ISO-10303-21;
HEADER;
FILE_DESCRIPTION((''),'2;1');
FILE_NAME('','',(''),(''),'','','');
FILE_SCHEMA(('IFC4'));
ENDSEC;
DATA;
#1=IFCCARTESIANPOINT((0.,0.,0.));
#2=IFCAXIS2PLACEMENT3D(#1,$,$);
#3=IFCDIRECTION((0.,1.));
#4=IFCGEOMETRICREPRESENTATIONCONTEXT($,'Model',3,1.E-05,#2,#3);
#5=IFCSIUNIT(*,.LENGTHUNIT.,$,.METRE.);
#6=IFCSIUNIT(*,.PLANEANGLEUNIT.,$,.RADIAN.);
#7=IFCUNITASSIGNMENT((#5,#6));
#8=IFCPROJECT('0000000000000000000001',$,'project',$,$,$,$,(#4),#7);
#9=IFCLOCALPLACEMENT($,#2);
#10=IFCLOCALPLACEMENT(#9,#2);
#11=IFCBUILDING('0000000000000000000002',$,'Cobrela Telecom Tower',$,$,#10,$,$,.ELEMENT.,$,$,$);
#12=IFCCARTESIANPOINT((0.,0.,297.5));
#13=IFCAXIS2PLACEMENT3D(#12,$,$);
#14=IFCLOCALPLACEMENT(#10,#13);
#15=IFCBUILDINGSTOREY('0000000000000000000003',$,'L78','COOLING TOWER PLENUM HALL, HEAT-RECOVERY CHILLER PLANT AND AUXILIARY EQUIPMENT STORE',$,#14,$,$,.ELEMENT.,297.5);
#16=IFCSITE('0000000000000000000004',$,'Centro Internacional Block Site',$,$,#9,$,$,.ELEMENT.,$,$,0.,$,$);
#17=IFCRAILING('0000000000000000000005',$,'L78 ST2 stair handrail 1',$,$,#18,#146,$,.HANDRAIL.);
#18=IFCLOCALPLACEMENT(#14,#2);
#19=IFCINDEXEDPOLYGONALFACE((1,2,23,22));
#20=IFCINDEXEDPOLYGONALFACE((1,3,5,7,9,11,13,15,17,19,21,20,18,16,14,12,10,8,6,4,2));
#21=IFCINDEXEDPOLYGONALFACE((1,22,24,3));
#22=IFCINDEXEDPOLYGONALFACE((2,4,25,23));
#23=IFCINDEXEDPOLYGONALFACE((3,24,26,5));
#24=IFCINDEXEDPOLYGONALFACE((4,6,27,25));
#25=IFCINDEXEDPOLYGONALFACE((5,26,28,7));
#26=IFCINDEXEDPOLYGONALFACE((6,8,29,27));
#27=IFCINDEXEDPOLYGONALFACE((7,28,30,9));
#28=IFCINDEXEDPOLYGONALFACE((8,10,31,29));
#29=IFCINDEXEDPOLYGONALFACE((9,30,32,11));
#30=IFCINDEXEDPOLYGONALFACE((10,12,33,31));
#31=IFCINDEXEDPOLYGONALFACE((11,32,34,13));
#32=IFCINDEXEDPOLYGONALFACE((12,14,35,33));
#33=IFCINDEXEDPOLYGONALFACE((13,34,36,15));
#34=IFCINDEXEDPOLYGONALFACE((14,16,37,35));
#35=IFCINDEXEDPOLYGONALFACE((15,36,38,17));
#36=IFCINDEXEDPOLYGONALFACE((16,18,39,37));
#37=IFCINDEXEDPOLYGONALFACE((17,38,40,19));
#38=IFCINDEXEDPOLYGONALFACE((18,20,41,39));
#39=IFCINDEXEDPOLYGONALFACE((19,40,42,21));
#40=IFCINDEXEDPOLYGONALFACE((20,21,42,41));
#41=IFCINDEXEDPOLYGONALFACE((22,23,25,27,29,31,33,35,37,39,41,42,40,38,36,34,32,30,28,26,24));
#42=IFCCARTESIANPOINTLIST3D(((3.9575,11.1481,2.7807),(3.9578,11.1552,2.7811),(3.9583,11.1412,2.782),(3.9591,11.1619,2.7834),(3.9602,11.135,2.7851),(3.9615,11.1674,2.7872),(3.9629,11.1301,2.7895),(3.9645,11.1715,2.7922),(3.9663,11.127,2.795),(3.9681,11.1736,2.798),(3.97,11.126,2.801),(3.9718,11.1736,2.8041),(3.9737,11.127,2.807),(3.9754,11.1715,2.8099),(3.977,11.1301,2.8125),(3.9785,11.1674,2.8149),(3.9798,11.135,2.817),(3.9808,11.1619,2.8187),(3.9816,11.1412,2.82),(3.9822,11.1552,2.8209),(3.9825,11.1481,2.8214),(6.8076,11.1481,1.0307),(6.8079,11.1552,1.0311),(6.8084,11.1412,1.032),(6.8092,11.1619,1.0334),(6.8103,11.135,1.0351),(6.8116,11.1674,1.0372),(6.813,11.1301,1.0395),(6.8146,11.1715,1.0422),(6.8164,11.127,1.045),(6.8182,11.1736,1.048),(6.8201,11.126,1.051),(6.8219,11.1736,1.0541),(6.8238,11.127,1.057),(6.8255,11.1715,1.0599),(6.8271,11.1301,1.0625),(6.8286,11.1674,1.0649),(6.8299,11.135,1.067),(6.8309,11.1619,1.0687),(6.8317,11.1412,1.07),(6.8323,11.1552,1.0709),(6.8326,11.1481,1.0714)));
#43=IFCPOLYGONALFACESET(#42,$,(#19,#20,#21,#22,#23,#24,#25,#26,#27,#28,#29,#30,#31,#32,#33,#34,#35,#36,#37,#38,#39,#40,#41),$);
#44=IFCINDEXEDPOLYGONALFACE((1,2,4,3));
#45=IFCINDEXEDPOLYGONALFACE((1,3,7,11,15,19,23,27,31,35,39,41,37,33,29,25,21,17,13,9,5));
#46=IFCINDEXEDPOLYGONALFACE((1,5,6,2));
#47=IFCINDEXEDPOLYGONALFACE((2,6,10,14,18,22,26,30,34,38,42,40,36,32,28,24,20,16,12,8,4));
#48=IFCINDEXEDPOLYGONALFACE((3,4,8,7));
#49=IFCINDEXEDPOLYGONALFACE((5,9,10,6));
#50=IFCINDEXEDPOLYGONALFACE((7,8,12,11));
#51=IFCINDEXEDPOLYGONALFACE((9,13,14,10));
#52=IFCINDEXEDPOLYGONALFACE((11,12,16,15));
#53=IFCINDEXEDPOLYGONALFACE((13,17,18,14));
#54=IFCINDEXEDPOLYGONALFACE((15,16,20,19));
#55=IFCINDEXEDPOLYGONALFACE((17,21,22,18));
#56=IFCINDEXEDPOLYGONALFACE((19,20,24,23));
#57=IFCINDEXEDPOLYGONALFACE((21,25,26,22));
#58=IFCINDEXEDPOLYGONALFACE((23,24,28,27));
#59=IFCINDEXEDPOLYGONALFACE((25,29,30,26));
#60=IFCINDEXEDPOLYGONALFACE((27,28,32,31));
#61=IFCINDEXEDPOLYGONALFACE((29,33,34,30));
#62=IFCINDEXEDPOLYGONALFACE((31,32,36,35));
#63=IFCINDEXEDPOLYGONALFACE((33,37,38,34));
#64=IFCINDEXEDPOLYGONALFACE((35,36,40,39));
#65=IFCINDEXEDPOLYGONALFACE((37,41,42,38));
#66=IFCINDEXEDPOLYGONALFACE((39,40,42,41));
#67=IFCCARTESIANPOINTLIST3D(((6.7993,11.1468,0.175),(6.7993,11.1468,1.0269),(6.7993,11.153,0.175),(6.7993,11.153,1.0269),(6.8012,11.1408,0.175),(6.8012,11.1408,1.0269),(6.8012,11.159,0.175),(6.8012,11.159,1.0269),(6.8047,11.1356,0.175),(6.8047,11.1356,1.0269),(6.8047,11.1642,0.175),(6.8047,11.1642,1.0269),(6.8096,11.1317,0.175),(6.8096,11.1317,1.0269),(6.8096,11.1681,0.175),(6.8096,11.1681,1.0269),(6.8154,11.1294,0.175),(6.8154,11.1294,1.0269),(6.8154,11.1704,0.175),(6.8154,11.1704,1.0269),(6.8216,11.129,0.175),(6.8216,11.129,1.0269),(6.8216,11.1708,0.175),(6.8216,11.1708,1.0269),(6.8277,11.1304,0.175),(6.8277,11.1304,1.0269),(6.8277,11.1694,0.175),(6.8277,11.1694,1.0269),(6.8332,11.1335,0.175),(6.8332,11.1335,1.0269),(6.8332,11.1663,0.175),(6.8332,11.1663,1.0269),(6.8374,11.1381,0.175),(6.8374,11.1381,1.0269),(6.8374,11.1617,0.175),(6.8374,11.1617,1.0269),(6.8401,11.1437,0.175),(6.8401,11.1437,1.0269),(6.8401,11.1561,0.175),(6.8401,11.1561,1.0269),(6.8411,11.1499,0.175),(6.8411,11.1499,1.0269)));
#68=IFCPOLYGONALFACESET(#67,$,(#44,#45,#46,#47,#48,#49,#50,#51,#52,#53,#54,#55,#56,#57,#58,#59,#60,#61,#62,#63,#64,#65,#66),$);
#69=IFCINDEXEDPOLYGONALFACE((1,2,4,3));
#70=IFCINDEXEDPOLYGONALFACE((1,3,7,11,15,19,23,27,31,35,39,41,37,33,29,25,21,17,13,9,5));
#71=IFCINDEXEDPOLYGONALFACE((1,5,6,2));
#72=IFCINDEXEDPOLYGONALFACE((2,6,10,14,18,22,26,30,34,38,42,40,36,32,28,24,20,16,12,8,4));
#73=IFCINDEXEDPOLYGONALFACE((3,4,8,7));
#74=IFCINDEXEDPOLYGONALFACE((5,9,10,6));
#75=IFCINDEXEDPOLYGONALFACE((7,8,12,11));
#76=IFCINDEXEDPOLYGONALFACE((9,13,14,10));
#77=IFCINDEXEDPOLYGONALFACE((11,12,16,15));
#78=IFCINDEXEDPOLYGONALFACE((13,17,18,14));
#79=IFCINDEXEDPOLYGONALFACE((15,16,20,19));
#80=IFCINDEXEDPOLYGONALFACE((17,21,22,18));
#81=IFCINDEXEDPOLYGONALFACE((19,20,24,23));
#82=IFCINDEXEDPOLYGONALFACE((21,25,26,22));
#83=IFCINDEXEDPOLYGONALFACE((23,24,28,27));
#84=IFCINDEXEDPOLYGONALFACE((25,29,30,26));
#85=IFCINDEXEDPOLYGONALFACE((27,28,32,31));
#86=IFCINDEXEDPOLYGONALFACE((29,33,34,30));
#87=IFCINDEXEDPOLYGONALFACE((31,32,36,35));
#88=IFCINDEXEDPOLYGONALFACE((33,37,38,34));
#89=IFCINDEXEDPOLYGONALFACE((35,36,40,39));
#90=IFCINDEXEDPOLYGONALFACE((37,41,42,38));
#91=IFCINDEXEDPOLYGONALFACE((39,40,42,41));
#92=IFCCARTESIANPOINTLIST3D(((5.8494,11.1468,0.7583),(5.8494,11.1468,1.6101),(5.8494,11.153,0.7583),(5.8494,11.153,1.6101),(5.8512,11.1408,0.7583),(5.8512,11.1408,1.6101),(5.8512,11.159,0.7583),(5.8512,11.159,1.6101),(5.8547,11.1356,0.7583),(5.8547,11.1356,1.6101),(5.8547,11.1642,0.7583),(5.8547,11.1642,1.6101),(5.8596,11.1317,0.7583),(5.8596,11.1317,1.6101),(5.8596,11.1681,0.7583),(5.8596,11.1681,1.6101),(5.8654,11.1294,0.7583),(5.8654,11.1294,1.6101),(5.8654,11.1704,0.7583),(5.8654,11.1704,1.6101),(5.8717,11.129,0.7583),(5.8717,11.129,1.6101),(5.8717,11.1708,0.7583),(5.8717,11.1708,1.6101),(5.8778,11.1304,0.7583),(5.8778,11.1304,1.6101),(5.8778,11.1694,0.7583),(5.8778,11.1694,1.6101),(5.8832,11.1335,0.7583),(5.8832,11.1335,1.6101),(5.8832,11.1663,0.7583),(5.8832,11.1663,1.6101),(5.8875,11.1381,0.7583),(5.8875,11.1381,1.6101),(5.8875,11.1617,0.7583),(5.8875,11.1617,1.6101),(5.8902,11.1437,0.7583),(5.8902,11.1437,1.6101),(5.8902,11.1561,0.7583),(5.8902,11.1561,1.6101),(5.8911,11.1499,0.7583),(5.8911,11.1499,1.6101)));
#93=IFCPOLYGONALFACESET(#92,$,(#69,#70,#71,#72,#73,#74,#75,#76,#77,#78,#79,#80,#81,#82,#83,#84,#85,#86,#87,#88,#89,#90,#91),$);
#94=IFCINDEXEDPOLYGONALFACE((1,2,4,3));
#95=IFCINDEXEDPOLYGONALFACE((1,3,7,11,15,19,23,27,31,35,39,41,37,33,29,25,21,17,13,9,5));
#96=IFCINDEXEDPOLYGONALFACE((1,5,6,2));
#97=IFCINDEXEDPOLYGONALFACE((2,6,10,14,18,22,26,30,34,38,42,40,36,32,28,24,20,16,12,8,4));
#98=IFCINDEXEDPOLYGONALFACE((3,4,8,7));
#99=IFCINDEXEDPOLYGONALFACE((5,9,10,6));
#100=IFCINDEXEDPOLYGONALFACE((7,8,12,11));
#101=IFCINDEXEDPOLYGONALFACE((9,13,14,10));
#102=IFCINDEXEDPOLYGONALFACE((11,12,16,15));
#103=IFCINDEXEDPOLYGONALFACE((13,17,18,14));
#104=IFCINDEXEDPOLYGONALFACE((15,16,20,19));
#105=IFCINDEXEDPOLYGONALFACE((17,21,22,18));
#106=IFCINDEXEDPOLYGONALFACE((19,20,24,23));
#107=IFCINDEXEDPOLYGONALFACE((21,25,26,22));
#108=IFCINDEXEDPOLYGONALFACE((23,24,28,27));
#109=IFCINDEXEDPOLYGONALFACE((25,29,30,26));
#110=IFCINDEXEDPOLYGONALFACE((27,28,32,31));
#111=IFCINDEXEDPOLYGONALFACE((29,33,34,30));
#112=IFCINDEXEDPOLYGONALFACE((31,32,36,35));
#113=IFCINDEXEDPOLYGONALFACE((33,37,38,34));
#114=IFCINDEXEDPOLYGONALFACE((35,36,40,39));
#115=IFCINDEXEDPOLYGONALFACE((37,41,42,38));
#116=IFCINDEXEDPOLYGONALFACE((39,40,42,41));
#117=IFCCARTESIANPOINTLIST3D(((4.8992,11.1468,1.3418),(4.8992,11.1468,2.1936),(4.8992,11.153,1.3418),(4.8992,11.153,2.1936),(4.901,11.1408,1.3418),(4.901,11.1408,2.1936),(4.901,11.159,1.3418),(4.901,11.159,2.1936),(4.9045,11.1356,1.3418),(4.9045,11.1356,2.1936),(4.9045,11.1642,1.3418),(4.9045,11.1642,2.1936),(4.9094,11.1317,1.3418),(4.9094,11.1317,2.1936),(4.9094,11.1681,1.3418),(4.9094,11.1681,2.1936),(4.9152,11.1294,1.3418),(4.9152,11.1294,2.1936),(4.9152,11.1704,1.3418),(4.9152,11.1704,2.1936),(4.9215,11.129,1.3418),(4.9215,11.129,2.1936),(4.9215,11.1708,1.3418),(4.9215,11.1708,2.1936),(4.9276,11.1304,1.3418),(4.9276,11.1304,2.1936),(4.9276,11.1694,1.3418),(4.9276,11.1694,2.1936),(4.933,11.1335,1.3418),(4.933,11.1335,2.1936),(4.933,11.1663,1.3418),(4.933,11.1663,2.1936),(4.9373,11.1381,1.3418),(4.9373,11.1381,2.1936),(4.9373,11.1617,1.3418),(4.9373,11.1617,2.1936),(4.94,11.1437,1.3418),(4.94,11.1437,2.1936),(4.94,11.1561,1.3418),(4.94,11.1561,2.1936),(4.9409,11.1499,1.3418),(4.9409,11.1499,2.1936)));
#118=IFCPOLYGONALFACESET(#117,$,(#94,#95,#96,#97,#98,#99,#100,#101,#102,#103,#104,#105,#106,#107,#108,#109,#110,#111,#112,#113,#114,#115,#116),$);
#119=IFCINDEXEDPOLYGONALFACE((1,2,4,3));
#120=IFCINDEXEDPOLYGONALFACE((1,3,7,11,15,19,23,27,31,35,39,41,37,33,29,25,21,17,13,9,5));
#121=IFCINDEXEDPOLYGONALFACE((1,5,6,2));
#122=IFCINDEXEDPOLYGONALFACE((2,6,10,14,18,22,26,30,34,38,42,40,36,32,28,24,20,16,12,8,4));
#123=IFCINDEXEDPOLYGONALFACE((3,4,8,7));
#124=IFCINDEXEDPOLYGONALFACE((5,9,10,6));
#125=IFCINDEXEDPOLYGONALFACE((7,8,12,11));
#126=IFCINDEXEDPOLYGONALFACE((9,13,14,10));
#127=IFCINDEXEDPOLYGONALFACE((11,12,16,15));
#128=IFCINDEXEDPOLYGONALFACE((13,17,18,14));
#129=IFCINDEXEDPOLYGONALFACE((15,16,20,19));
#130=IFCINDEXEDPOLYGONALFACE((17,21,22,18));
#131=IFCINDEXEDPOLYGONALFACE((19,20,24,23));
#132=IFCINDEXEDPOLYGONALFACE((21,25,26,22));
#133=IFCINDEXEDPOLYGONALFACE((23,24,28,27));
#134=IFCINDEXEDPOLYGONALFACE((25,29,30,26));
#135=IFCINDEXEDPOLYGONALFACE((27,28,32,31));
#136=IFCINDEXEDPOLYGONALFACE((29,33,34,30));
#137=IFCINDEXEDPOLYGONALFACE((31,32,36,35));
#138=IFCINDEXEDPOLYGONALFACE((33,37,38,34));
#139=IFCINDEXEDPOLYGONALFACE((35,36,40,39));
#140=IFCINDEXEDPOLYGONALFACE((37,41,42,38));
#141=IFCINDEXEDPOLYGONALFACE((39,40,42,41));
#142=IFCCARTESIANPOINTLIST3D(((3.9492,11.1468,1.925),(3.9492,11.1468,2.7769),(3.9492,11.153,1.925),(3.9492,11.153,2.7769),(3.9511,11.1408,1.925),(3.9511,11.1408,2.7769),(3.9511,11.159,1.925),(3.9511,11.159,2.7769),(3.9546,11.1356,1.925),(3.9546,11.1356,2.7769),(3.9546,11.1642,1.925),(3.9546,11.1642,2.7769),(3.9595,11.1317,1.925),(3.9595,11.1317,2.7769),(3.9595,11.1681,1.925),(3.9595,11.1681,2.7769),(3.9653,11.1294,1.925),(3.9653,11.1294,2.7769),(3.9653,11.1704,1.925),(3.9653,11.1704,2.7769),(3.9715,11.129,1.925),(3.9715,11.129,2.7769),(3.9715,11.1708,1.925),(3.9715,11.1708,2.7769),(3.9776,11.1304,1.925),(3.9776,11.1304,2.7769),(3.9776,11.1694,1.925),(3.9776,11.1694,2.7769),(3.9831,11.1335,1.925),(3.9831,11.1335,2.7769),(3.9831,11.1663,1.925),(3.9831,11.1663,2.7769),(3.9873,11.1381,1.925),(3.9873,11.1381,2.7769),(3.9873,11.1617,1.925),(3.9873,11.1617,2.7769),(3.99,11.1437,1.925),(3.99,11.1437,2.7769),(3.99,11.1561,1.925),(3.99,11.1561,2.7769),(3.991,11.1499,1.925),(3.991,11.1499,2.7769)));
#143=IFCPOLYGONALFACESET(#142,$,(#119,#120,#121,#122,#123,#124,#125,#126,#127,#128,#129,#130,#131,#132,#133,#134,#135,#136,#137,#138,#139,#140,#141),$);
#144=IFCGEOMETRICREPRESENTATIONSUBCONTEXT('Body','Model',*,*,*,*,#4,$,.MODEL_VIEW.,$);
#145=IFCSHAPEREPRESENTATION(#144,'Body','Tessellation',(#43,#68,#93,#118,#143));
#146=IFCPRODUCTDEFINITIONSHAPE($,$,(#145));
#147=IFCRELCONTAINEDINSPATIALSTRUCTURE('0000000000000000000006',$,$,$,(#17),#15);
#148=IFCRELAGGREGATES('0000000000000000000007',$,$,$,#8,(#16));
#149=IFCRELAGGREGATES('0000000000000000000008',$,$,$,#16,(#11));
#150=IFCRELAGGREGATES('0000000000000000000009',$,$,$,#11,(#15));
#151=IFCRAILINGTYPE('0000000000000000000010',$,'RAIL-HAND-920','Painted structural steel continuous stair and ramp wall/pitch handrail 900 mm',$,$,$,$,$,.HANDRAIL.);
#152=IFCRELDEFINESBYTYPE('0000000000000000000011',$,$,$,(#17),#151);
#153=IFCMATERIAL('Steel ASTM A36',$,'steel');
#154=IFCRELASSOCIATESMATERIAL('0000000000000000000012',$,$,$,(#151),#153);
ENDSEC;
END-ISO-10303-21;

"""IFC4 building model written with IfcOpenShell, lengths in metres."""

from ifc_helpers import new_model, si_unit, direction, frame, origin, origin_2d, place, context, subcontext, project, spatial, circle, extrude, material, type_object, element, save


model = new_model("IFC4")

# Units and contexts
model_context = context("Model", 3, precision=1e-05, world=origin(), true_north=direction((0.0, 1.0)))
body_context = subcontext(model_context, "Body", "Model", "MODEL_VIEW")
ifc_project = project(units=[si_unit("LENGTHUNIT", "METRE"), si_unit("PLANEANGLEUNIT", "RADIAN")], contexts=[model_context])

# Site, building, storey
site_placement = place(None, origin())
site = spatial("IfcSite", under=ifc_project, at=site_placement, Name="Centro Internacional Block Site", CompositionType="ELEMENT", RefElevation=0.0)
building_placement = place(site_placement, origin())
building = spatial("IfcBuilding", under=site, at=building_placement, Name="Cobrela Telecom Tower", CompositionType="ELEMENT")
storey_placement = place(building_placement, frame((0.0, 0.0, 297.5)))
storey = spatial("IfcBuildingStorey", under=building, at=storey_placement, Name="L78", Description="COOLING TOWER PLENUM HALL, HEAT-RECOVERY CHILLER PLANT AND AUXILIARY EQUIPMENT STORE", CompositionType="ELEMENT", Elevation=297.5)

# Shared definitions
ifc_material_1 = material(Name="Steel ASTM A36", Category="steel")

# Railing
railing_type_1 = type_object("IfcRailingType", Name="RAIL-HAND-920", Description="Painted structural steel continuous stair and ramp wall/pitch handrail 900 mm", PredefinedType="HANDRAIL", material=ifc_material_1)
railing_1_placement = place(storey_placement, frame((6.8201, 11.1499, 0.175)))
element("IfcRailing", 1, at=railing_1_placement, inside=storey, type_object=railing_type_1, Name="L78 ST2 stair handrail 1", PredefinedType="HANDRAIL", context=body_context, shape_type="SweptSolid", body=[
    extrude(circle(Radius=0.0239, at=origin_2d()), frame((0.0, 0.0, 0.876), z_axis=(-0.852179, 0.0, 0.52325), x_axis=(0.0, -1.0, 0.0)), (0.0, 0.0, 1.0), 3.3445),
    extrude(circle(Radius=0.021, at=origin_2d()), origin(), (0.0, 0.0, 1.0), 0.8518),
    extrude(circle(Radius=0.021, at=origin_2d()), frame((-0.95, 0.0, 0.5833)), (0.0, 0.0, 1.0), 0.8518),
    extrude(circle(Radius=0.021, at=origin_2d()), frame((-1.9001, 0.0, 1.1667)), (0.0, 0.0, 1.0), 0.8518),
    extrude(circle(Radius=0.021, at=origin_2d()), frame((-2.8501, 0.0, 1.75)), (0.0, 0.0, 1.0), 0.8518),
])

save(model, "model.ifc")
